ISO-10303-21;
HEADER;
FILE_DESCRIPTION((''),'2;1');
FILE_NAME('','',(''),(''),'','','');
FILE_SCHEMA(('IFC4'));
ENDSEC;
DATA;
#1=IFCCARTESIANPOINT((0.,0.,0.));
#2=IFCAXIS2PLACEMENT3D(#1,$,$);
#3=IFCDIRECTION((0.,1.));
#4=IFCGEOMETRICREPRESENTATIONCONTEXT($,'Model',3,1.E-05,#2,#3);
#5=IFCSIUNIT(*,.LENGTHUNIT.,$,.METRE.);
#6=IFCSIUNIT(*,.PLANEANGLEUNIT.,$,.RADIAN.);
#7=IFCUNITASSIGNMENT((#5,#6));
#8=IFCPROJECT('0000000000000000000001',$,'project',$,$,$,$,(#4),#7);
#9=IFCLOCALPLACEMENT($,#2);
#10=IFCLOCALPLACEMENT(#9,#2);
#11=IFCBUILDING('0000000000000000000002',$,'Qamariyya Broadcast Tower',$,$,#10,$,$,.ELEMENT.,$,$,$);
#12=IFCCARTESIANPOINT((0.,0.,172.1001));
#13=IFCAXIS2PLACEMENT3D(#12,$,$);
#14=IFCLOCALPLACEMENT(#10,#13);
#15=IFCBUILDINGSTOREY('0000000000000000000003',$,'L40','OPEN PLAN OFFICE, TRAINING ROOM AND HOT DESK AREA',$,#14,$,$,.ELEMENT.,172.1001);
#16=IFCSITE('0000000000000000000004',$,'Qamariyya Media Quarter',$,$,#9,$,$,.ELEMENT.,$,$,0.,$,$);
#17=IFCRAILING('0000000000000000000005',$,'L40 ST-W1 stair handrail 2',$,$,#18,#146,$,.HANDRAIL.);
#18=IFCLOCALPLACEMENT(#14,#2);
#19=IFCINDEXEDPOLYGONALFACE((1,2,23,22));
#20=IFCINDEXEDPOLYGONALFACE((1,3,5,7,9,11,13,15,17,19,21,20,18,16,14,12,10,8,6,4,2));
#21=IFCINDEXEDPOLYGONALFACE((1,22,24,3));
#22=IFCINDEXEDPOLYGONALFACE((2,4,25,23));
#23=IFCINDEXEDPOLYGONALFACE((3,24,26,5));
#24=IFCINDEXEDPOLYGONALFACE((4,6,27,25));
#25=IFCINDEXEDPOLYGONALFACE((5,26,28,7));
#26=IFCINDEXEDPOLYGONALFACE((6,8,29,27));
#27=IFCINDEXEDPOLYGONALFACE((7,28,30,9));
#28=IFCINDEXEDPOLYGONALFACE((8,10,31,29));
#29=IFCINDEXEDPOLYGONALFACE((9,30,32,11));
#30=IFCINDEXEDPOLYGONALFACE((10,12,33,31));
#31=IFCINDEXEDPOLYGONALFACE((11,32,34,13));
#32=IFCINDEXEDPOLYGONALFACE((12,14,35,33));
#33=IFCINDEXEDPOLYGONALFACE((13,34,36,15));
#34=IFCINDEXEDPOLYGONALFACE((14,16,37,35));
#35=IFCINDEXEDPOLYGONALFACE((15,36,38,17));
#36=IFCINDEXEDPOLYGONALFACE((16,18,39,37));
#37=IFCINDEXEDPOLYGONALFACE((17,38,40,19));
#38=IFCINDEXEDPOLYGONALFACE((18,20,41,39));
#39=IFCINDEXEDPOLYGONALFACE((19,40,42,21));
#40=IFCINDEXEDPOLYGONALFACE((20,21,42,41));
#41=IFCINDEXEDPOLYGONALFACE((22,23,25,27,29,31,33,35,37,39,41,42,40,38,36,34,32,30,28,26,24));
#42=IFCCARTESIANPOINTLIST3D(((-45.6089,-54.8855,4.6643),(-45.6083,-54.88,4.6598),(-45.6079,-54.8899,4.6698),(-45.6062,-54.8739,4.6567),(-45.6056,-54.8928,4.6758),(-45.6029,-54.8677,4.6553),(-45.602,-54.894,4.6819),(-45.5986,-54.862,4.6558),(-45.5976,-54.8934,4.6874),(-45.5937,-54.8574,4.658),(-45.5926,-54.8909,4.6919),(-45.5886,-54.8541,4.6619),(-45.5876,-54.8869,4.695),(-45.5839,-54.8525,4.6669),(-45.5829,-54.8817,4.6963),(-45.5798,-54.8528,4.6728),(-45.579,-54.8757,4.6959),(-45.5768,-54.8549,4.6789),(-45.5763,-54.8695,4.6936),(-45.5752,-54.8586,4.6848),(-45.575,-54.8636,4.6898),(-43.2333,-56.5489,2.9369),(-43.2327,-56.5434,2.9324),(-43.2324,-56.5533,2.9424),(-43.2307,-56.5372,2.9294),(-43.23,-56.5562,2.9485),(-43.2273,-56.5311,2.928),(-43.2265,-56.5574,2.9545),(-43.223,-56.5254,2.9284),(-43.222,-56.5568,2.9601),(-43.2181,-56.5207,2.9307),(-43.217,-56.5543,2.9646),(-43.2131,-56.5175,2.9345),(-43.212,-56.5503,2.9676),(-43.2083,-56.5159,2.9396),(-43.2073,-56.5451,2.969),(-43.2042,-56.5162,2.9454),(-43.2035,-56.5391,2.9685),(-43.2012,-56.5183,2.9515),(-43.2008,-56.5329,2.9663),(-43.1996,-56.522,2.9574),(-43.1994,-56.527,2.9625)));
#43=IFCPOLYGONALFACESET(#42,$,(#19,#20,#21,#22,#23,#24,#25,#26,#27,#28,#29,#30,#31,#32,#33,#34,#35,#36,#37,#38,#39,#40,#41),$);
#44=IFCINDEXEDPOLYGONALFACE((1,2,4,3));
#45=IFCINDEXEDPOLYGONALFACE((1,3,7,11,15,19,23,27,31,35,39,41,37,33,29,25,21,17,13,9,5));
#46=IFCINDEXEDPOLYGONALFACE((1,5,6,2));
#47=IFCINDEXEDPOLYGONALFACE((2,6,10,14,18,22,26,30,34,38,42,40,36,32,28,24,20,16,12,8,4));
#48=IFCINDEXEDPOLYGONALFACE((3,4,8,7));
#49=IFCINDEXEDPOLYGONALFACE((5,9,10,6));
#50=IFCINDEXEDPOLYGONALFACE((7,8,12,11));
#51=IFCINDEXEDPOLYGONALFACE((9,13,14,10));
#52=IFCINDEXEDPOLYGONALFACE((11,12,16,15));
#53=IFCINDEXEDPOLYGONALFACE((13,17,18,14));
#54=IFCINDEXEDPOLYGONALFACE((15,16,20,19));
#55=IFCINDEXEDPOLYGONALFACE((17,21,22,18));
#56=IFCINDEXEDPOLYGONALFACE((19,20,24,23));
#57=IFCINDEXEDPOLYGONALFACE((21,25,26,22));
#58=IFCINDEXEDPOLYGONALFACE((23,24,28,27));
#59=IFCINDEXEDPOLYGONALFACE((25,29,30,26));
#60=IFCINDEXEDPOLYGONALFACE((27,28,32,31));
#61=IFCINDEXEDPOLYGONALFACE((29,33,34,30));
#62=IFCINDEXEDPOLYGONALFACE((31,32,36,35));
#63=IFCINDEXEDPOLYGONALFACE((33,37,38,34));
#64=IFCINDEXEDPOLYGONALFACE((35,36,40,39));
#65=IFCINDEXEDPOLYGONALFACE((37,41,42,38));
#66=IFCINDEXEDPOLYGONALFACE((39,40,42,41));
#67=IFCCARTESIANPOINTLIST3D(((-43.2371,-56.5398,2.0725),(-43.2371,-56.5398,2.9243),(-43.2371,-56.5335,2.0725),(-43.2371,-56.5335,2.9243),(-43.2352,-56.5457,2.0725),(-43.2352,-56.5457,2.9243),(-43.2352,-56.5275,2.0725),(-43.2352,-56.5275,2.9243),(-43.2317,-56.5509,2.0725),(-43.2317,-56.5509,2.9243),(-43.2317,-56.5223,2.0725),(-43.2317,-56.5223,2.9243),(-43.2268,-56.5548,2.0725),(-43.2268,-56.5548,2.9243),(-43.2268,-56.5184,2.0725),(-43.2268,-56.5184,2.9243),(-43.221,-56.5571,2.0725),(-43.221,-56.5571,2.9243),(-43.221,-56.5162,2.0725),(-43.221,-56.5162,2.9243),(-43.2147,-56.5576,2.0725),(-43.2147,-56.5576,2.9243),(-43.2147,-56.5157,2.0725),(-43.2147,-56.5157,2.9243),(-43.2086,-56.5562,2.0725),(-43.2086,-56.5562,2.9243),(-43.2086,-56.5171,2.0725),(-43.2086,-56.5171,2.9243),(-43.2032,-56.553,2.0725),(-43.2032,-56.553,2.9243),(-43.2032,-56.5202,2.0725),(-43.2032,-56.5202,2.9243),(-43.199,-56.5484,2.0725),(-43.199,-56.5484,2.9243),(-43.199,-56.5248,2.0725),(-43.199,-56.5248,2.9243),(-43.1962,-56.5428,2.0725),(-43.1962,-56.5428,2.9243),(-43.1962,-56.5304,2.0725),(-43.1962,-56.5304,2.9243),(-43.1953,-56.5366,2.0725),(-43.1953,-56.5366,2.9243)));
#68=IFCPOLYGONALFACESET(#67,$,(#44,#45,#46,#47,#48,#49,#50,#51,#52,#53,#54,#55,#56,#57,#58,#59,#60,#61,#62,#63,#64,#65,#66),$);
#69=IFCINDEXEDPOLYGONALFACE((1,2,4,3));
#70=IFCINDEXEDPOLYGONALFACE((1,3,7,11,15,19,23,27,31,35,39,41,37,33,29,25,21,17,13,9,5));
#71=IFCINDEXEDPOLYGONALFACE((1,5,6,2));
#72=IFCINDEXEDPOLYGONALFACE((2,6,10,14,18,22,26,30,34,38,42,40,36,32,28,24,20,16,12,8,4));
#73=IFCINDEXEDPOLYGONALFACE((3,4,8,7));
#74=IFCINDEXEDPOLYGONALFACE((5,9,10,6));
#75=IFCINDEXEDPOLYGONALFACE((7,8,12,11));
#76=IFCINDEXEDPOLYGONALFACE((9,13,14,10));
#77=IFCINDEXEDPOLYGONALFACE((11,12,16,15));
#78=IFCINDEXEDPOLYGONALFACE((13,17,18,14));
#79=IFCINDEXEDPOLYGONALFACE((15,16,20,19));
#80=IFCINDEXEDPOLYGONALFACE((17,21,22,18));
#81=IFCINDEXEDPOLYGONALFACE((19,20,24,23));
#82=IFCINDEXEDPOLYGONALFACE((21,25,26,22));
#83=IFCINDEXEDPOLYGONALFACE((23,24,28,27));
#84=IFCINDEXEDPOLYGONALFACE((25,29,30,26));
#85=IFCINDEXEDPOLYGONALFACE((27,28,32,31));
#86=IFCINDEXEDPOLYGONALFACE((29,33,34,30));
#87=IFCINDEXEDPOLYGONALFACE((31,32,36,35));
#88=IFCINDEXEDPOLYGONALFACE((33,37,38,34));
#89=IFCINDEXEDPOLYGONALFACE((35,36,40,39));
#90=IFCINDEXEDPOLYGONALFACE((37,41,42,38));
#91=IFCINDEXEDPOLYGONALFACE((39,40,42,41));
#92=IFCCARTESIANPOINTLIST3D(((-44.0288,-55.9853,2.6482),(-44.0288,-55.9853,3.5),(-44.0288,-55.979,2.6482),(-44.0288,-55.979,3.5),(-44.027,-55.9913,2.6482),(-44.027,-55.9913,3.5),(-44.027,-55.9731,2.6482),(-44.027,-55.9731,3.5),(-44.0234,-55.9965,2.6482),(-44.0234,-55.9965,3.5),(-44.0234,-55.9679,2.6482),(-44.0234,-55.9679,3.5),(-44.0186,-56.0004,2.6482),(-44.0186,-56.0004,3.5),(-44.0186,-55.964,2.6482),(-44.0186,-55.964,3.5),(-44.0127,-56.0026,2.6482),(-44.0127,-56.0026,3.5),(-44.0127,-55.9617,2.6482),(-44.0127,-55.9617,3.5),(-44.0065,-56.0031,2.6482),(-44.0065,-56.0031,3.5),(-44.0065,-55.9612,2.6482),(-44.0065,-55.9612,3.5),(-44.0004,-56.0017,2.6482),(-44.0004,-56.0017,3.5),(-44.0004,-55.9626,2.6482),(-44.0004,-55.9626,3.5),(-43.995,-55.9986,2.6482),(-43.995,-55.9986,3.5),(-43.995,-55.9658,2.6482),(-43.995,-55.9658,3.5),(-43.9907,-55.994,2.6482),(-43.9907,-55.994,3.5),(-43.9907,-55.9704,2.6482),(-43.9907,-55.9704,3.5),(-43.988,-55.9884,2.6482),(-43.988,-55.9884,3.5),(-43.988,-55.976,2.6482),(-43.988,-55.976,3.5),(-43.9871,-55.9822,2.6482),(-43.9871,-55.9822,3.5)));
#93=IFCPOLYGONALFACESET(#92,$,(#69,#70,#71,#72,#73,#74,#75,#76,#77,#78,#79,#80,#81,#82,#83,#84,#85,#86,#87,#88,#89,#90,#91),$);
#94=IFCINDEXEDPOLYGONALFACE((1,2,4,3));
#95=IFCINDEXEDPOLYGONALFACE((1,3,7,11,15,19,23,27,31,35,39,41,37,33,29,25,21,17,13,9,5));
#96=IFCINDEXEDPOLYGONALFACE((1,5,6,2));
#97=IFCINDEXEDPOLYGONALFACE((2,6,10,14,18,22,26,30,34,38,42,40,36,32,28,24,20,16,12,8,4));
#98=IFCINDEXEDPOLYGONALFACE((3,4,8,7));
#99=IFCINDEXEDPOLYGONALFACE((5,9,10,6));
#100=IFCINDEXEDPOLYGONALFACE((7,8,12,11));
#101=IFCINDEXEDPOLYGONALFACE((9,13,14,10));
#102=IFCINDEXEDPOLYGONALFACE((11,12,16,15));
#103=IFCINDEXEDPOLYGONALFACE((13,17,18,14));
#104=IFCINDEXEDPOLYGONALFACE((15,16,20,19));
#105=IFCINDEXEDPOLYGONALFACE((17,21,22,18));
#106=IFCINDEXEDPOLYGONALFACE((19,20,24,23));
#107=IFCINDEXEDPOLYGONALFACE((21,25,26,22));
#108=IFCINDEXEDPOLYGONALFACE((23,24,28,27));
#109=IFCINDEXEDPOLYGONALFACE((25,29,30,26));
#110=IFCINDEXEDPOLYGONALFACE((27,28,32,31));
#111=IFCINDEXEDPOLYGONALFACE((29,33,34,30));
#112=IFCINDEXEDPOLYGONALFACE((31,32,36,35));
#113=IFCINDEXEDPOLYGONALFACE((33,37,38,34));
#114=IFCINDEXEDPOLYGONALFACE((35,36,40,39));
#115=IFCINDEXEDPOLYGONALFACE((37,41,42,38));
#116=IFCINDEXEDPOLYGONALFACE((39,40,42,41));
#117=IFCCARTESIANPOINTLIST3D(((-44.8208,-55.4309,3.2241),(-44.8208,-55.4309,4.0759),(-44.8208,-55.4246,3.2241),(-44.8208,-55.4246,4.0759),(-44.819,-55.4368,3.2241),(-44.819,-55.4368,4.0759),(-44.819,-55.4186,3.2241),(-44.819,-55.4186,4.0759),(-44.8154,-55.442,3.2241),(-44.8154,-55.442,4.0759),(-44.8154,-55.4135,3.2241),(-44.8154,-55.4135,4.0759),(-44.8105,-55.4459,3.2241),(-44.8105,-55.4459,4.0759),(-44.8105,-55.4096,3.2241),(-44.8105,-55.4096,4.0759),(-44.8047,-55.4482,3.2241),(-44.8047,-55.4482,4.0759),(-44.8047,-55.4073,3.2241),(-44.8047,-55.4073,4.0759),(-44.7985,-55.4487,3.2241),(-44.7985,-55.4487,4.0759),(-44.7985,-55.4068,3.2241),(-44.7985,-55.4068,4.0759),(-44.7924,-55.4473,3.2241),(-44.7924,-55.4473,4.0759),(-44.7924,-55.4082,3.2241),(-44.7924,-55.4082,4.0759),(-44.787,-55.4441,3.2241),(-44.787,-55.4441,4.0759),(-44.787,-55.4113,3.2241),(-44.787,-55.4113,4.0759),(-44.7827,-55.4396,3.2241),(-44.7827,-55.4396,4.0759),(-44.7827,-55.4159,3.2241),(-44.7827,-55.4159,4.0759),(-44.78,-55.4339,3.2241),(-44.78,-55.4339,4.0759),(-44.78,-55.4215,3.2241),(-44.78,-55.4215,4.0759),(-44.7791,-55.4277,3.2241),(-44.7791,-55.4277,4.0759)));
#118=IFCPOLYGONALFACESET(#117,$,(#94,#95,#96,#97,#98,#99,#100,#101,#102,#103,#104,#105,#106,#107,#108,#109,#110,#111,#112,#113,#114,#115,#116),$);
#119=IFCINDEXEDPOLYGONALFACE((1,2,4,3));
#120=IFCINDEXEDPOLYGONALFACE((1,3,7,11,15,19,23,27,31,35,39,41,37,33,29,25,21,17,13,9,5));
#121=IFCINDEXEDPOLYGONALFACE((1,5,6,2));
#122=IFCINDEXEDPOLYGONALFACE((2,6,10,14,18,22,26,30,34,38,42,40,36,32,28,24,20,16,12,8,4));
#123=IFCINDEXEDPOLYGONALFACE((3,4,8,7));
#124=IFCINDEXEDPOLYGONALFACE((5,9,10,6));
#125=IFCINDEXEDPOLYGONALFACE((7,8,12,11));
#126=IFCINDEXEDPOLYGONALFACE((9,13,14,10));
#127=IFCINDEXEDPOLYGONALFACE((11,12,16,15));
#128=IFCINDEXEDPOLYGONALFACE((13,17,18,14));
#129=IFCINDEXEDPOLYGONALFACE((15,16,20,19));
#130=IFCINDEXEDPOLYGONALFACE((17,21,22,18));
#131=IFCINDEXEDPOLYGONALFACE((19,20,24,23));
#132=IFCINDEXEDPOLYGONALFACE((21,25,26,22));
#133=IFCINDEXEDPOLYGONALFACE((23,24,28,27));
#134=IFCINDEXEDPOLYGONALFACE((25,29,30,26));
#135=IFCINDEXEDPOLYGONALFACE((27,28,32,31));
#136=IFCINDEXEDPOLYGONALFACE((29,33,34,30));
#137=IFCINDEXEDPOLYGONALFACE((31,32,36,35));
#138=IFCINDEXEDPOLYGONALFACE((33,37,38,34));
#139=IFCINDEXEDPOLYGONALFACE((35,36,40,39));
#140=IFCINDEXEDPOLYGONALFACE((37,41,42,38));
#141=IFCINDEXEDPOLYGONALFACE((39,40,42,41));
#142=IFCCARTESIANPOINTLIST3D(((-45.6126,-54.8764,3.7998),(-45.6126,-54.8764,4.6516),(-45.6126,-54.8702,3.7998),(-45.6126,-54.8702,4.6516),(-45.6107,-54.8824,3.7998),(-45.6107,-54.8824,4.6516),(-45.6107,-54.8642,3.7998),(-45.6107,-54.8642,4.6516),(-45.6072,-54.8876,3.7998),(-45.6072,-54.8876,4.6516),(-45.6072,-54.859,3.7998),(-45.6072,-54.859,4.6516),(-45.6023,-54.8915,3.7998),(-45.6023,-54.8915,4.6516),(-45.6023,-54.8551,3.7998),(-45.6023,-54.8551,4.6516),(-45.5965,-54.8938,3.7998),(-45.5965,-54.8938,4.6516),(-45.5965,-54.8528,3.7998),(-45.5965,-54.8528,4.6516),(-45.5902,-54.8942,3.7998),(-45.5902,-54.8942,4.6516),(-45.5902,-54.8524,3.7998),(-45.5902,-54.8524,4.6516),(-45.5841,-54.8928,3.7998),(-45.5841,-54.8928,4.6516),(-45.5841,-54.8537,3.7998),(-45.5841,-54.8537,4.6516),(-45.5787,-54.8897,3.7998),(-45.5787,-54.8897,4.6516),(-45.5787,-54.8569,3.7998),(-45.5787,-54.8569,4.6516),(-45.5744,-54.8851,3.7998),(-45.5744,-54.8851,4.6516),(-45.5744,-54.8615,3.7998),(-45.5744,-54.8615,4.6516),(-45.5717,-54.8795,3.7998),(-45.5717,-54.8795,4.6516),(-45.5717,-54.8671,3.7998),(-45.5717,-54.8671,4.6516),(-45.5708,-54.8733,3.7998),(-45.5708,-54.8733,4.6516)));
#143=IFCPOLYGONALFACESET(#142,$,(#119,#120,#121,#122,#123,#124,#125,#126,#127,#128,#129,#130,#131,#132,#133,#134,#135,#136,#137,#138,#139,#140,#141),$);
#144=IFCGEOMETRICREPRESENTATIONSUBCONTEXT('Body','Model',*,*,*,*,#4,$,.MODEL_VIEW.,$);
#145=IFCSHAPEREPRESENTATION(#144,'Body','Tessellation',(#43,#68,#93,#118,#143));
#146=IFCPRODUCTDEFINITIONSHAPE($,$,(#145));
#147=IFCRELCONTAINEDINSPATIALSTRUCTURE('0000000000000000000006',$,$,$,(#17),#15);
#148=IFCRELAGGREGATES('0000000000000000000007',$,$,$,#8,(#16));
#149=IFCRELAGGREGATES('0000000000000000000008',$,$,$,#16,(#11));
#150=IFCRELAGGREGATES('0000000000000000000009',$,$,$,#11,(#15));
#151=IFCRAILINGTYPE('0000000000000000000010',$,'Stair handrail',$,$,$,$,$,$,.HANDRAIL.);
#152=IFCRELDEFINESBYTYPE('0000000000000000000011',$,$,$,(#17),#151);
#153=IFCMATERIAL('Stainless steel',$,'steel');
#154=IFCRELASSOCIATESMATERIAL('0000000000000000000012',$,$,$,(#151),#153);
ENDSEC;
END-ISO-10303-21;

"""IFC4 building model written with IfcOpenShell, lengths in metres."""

from ifc_helpers import new_model, si_unit, direction, frame, origin, origin_2d, place, context, subcontext, project, spatial, circle, extrude, material, type_object, element, save


model = new_model("IFC4")

# Units and contexts
model_context = context("Model", 3, precision=1e-05, world=origin(), true_north=direction((0.0, 1.0)))
body_context = subcontext(model_context, "Body", "Model", "MODEL_VIEW")
ifc_project = project(units=[si_unit("LENGTHUNIT", "METRE"), si_unit("PLANEANGLEUNIT", "RADIAN")], contexts=[model_context])

# Site, building, storey
site_placement = place(None, origin())
site = spatial("IfcSite", under=ifc_project, at=site_placement, Name="Qamariyya Media Quarter", CompositionType="ELEMENT", RefElevation=0.0)
building_placement = place(site_placement, origin())
building = spatial("IfcBuilding", under=site, at=building_placement, Name="Qamariyya Broadcast Tower", CompositionType="ELEMENT")
storey_placement = place(building_placement, frame((0.0, 0.0, 172.1001)))
storey = spatial("IfcBuildingStorey", under=building, at=storey_placement, Name="L40", Description="OPEN PLAN OFFICE, TRAINING ROOM AND HOT DESK AREA", CompositionType="ELEMENT", Elevation=172.1001)

# Railing
ifc_material_1 = material(Name="Stainless steel", Category="steel")
railing_type_1 = type_object("IfcRailingType", Name="Stair handrail", PredefinedType="HANDRAIL", material=ifc_material_1)
railing_1_placement = place(storey_placement, frame((-43.2163, -56.5366, 2.0725)))
element("IfcRailing", 1, at=railing_1_placement, inside=storey, type_object=railing_type_1, Name="L40 ST-W1 stair handrail 2", PredefinedType="HANDRAIL", context=body_context, shape_type="SweptSolid", body=[
    extrude(circle(Radius=0.0239, at=origin_2d()), frame((0.0, 0.0, 0.876), z_axis=(-0.70377, 0.492784, 0.511734), x_axis=(-0.573575, -0.819153, 0.0)), (0.0, 0.0, 1.0), 3.3755),
    extrude(circle(Radius=0.021, at=origin_2d()), origin(), (0.0, 0.0, 1.0), 0.8518),
    extrude(circle(Radius=0.021, at=origin_2d()), frame((-0.7917, 0.5544, 0.5757)), (0.0, 0.0, 1.0), 0.8518),
    extrude(circle(Radius=0.021, at=origin_2d()), frame((-1.5837, 1.1089, 1.1516)), (0.0, 0.0, 1.0), 0.8518),
    extrude(circle(Radius=0.021, at=origin_2d()), frame((-2.3755, 1.6633, 1.7273)), (0.0, 0.0, 1.0), 0.8518),
])

save(model, "model.ifc")
